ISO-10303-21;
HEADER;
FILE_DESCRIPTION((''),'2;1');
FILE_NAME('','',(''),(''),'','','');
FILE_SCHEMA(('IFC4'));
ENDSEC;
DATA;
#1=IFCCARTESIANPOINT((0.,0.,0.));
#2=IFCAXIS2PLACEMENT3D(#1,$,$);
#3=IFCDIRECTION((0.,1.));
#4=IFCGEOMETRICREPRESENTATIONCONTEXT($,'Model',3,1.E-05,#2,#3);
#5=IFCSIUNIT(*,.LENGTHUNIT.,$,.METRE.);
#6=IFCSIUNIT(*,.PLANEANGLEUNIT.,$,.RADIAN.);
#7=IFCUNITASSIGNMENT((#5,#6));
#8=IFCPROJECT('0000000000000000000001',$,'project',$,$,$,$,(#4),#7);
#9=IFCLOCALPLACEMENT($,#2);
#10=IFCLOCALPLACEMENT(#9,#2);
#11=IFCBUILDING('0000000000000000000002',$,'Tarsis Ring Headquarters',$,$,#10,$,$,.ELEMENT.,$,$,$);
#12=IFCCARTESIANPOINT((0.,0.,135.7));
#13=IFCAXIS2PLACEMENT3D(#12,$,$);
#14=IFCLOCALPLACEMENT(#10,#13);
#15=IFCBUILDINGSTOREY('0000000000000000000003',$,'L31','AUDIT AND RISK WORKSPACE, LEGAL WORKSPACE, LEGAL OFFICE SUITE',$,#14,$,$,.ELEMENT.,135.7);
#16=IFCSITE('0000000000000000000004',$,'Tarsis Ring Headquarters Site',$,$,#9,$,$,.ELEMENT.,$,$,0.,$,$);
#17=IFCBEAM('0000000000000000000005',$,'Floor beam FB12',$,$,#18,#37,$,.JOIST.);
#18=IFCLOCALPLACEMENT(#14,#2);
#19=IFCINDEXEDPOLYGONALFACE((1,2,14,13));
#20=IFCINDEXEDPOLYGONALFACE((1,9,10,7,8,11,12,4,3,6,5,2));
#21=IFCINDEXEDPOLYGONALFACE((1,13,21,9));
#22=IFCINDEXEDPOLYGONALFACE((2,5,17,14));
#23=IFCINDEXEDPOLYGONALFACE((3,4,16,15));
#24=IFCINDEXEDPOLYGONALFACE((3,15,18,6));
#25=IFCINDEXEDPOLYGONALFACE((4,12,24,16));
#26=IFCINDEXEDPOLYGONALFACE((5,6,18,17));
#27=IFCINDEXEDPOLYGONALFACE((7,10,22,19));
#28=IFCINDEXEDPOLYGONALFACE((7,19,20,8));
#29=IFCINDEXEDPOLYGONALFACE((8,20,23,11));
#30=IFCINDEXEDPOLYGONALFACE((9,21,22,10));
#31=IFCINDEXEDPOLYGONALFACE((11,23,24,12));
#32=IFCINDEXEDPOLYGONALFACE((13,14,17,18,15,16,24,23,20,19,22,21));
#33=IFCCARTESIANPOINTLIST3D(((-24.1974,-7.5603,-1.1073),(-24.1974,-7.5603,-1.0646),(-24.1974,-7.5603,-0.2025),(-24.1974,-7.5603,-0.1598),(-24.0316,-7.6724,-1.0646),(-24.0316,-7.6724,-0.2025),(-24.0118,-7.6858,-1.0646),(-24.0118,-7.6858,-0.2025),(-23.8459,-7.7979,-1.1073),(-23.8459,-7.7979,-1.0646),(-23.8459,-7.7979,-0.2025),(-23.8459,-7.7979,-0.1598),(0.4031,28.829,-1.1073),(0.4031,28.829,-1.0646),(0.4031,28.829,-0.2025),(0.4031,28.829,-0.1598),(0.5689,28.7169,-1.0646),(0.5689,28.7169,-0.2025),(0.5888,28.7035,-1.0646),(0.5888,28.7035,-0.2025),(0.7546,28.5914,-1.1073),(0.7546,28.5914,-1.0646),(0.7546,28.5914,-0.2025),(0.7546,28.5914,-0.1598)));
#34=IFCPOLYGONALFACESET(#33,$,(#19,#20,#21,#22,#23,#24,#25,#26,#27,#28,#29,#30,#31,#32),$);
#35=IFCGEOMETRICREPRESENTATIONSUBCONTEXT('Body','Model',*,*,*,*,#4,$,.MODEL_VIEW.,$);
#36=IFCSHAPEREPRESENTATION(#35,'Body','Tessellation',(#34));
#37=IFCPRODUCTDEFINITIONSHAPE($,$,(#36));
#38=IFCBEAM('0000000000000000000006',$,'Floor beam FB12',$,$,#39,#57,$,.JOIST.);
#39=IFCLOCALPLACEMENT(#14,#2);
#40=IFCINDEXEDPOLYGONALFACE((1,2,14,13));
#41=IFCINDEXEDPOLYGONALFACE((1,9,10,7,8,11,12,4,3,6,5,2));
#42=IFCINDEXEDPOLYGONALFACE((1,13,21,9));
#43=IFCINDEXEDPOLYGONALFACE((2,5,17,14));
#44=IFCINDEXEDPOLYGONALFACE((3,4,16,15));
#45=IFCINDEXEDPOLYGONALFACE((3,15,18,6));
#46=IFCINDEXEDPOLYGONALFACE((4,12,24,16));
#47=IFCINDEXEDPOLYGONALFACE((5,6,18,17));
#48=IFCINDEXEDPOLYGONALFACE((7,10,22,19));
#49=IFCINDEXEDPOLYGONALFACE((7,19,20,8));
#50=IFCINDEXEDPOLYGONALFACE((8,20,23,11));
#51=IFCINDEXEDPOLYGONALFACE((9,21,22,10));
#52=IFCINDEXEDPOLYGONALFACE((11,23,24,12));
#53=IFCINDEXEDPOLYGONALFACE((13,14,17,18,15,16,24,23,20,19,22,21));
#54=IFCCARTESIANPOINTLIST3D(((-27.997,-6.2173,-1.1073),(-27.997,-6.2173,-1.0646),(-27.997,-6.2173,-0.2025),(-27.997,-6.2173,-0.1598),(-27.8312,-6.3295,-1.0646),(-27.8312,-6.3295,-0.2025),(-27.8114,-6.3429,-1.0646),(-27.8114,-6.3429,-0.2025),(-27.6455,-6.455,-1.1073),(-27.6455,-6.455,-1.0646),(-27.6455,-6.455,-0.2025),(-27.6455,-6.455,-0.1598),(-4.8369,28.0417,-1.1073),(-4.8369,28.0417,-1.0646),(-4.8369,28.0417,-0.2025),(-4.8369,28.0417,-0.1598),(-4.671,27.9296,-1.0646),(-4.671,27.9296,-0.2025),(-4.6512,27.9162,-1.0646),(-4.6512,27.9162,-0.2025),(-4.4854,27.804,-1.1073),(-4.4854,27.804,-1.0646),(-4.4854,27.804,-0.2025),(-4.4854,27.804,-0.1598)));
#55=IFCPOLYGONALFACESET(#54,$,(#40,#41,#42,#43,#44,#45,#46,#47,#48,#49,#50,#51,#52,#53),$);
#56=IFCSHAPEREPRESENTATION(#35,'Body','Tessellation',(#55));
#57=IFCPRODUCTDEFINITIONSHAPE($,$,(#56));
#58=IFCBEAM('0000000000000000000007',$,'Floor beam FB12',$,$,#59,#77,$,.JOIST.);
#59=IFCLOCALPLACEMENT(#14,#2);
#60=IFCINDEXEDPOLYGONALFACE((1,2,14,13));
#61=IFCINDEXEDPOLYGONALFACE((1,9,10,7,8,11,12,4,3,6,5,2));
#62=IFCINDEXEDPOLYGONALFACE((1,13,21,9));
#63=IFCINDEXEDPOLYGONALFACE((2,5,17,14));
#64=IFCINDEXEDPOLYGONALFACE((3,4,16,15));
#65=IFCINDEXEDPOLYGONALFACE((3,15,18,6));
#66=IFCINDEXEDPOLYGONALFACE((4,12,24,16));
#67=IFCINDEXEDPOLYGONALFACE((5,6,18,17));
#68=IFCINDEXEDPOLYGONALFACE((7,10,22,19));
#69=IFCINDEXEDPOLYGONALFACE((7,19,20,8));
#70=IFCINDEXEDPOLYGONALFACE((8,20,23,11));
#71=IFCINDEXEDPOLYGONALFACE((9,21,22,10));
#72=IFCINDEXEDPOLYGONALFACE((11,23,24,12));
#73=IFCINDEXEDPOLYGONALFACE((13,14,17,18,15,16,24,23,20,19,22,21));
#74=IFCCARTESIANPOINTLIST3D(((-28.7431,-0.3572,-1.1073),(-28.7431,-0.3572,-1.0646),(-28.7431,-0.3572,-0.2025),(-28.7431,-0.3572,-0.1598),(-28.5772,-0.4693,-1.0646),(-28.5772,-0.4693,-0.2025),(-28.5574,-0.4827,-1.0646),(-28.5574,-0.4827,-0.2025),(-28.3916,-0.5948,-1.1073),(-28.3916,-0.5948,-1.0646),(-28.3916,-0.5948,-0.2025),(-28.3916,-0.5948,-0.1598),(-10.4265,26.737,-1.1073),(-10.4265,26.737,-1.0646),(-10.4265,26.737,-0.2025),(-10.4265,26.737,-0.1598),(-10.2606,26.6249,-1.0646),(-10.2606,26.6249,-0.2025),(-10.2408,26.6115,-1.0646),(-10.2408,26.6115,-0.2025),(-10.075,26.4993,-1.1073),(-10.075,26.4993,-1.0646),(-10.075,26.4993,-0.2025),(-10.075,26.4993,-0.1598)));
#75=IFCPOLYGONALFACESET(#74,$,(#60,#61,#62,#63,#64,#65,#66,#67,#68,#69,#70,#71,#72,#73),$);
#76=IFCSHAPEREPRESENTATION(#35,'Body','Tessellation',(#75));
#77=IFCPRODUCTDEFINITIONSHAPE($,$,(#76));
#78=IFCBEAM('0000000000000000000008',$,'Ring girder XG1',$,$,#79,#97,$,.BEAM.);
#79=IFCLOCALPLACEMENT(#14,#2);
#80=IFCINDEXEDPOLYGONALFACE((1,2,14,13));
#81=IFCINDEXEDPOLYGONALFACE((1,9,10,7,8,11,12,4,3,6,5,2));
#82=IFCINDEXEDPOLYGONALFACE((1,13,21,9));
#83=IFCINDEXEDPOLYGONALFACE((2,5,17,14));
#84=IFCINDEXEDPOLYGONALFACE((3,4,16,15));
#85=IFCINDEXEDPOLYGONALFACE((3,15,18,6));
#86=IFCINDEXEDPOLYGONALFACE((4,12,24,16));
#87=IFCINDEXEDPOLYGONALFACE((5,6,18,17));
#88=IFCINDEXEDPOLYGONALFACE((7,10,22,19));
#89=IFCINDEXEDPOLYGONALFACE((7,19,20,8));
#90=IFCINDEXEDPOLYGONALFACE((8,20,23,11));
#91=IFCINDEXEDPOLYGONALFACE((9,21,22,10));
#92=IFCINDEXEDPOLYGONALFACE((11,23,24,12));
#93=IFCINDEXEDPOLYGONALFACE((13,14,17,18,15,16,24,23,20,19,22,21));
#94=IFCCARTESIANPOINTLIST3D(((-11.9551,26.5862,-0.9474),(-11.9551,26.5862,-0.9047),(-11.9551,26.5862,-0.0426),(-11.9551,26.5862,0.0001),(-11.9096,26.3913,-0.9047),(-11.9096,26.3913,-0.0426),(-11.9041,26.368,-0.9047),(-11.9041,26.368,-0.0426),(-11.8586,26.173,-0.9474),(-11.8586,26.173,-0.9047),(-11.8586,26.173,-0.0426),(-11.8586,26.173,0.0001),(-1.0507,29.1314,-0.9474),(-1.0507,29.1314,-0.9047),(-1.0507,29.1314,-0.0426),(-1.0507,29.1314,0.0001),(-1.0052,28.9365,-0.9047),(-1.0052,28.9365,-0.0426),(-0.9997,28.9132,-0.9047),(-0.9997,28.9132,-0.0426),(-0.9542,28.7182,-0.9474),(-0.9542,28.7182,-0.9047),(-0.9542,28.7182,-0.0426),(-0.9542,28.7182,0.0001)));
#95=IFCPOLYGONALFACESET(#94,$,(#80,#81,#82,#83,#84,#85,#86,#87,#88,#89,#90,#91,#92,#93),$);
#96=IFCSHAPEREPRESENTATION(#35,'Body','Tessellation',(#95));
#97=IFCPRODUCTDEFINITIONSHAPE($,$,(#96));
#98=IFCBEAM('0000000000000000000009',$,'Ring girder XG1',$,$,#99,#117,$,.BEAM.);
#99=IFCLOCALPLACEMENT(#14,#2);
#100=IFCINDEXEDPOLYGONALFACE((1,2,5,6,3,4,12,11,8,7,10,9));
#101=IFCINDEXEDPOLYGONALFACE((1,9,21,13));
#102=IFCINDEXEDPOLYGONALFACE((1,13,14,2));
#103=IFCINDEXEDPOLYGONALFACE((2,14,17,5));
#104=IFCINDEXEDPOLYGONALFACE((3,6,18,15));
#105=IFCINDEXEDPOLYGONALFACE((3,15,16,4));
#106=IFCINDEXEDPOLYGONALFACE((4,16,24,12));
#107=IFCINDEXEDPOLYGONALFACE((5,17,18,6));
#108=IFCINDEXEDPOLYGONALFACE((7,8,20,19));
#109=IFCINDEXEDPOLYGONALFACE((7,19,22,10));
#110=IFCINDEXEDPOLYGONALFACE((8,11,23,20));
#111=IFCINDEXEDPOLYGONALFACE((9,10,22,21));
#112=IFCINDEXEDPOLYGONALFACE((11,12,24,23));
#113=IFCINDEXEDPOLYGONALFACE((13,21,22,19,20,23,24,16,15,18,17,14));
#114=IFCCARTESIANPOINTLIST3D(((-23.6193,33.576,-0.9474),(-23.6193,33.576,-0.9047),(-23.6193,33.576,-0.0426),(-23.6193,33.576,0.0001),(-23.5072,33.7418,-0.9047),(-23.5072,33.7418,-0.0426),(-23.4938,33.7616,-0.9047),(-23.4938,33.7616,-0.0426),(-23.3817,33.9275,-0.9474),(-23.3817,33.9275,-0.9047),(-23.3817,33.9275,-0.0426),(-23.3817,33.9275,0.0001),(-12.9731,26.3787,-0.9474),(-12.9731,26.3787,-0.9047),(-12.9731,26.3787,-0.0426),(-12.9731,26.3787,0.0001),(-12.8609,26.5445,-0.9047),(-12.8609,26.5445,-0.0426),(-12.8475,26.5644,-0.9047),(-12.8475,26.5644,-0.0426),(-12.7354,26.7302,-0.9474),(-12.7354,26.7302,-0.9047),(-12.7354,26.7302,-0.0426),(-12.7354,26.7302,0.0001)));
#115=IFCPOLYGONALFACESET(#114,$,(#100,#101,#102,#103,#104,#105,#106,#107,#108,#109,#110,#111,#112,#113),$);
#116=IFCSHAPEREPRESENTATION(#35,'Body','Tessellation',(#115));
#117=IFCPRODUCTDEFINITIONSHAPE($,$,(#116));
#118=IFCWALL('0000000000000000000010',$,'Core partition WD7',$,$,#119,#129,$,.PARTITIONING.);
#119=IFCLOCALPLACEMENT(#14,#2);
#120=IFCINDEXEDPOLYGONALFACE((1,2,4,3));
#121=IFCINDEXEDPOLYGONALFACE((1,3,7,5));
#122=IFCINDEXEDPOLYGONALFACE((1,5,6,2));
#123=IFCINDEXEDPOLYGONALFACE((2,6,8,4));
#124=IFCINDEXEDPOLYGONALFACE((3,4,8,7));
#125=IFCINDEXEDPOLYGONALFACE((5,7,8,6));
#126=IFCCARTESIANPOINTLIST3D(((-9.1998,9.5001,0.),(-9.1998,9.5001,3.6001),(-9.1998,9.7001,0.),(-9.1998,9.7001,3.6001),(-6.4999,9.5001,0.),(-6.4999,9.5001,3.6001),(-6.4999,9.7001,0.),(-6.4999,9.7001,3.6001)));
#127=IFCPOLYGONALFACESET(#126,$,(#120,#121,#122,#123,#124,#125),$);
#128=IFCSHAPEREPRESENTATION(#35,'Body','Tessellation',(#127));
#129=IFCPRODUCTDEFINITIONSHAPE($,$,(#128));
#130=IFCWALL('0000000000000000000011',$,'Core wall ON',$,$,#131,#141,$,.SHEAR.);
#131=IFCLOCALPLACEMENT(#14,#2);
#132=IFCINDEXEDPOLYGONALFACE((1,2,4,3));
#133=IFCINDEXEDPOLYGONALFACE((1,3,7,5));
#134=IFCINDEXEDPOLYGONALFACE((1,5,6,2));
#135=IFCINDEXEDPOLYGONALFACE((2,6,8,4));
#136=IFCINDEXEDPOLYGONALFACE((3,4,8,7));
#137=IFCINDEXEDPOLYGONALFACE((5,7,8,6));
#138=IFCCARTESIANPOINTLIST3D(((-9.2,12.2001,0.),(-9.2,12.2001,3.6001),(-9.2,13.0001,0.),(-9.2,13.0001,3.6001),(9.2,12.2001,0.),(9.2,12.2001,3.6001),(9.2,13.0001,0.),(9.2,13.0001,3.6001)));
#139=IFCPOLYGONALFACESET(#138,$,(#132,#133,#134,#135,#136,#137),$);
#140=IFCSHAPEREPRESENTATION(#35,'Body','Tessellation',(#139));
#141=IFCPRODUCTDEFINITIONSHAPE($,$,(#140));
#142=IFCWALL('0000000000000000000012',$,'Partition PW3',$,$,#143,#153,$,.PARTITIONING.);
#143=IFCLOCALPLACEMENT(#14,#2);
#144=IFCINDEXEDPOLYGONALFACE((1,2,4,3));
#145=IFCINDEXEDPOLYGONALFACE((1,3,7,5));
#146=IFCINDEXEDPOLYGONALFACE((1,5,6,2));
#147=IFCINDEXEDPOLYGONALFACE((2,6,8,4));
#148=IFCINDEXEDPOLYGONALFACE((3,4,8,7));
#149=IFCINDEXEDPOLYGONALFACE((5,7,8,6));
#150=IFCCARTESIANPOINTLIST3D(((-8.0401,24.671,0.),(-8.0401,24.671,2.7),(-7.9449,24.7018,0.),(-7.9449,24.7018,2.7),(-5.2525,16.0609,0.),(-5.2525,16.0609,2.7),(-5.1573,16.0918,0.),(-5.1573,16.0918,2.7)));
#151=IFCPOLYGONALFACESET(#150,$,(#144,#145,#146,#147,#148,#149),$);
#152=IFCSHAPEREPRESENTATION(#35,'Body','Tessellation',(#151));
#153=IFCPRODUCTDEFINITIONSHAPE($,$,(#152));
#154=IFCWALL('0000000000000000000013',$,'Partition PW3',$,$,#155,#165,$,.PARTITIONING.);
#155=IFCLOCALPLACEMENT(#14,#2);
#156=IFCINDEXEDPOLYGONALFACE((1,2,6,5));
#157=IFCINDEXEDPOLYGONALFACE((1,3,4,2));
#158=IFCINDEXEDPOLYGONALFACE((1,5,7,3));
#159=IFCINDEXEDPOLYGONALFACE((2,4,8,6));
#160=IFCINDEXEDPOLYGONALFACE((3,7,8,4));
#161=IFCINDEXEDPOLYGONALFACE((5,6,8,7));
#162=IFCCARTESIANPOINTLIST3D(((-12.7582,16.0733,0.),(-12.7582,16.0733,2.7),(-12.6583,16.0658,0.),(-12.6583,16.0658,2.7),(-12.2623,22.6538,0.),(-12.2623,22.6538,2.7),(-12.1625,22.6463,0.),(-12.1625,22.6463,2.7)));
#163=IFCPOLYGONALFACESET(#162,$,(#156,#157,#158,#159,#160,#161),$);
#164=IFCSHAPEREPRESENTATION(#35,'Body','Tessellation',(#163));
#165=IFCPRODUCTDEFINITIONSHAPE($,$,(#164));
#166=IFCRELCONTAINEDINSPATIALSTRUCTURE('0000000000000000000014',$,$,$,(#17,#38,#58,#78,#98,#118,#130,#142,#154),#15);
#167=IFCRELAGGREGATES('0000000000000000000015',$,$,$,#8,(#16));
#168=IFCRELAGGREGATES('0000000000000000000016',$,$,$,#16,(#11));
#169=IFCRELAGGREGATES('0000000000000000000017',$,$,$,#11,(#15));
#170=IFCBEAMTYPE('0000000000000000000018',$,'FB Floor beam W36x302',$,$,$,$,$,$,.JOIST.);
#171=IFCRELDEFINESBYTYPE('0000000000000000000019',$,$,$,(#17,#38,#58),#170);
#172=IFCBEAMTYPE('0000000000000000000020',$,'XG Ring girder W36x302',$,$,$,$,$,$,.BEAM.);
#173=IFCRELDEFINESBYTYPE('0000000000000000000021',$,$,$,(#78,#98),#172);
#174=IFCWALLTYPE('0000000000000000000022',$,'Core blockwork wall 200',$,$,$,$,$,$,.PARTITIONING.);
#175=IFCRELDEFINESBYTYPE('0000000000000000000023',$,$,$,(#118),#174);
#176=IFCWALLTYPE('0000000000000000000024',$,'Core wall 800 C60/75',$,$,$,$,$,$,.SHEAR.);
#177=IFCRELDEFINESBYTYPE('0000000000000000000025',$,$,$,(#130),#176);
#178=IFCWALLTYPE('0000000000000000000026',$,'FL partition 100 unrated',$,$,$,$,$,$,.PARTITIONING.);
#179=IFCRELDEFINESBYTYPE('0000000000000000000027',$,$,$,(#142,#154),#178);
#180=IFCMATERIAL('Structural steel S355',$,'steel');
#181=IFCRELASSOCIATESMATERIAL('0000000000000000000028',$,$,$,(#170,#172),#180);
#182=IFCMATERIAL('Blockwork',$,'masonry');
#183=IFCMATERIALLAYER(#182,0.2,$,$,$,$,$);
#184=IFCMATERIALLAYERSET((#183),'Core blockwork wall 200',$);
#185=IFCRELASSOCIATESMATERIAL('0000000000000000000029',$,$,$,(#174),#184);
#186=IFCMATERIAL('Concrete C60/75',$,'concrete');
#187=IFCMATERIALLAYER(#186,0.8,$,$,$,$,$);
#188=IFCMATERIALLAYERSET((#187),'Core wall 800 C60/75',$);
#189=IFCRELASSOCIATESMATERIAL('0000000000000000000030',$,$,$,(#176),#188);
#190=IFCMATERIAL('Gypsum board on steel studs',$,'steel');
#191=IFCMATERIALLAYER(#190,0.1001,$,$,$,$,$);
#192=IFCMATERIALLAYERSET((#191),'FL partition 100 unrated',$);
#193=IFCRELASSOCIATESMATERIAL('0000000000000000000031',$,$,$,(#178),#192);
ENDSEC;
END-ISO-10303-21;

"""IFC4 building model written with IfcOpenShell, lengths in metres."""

from ifc_helpers import new_model, si_unit, direction, frame, frame_2d, origin, origin_2d, place, context, subcontext, project, spatial, rectangle, i_section, extrude, material, layer, layer_set, material_profile, profile_set, type_object, element, save


model = new_model("IFC4")

# Units and contexts
model_context = context("Model", 3, precision=1e-05, world=origin(), true_north=direction((0.0, 1.0)))
body_context = subcontext(model_context, "Body", "Model", "MODEL_VIEW")
ifc_project = project(units=[si_unit("LENGTHUNIT", "METRE"), si_unit("PLANEANGLEUNIT", "RADIAN")], contexts=[model_context])

# Site, building, storey
site_placement = place(None, origin())
site = spatial("IfcSite", under=ifc_project, at=site_placement, Name="Tarsis Ring Headquarters Site", CompositionType="ELEMENT", RefElevation=0.0)
building_placement = place(site_placement, origin())
building = spatial("IfcBuilding", under=site, at=building_placement, Name="Tarsis Ring Headquarters", CompositionType="ELEMENT")
storey_placement = place(building_placement, frame((0.0, 0.0, 135.7)))
storey = spatial("IfcBuildingStorey", under=building, at=storey_placement, Name="L31", Description="AUDIT AND RISK WORKSPACE, LEGAL WORKSPACE, LEGAL OFFICE SUITE", CompositionType="ELEMENT", Elevation=135.7)

# Shared definitions
ifc_material_1 = material(Name="Structural steel S355", Category="steel")

# Beams
ifc_material_profile_1 = material_profile(ifc_material_1, i_section(OverallWidth=0.4243, OverallDepth=0.9475, WebThickness=0.0239, FlangeThickness=0.0427, at=origin_2d()), Name="W36x302")
ifc_profile_set_1 = profile_set([ifc_material_profile_1], Name="Structural steel S355")
beam_type_1 = type_object("IfcBeamType", Name="FB Floor beam W36x302", PredefinedType="JOIST", material=ifc_profile_set_1)
beam_1_placement = place(storey_placement, frame((0.5789, 28.7102, -0.6335), z_axis=(-0.560063, -0.82845, 0.0), x_axis=(0.82845, -0.560063, 0.0)))
element("IfcBeam", 1, at=beam_1_placement, inside=storey, type_object=beam_type_1, Name="Floor beam FB12", PredefinedType="JOIST", context=body_context, shape_type="SweptSolid", body=[
    extrude(i_section(OverallWidth=0.4243, OverallDepth=0.9475, WebThickness=0.0239, FlangeThickness=0.0427, at=origin_2d()), origin(), (0.0, 0.0, 1.0), 43.9246),
])
beam_2_placement = place(storey_placement, frame((-4.6611, 27.9229, -0.6335), z_axis=(-0.560059, -0.828453, 0.0), x_axis=(0.828453, -0.560059, 0.0)))
element("IfcBeam", 2, at=beam_2_placement, inside=storey, type_object=beam_type_1, Name="Floor beam FB12", PredefinedType="JOIST", context=body_context, shape_type="SweptSolid", body=[
    extrude(i_section(OverallWidth=0.4243, OverallDepth=0.9475, WebThickness=0.0239, FlangeThickness=0.0427, at=origin_2d()), origin(), (0.0, 0.0, 1.0), 41.353),
])
beam_3_placement = place(storey_placement, frame((-10.2507, 26.6182, -0.6335), z_axis=(-0.560062, -0.828451, 0.0), x_axis=(0.828451, -0.560062, 0.0)))
element("IfcBeam", 3, at=beam_3_placement, inside=storey, type_object=beam_type_1, Name="Floor beam FB12", PredefinedType="JOIST", context=body_context, shape_type="SweptSolid", body=[
    extrude(i_section(OverallWidth=0.4243, OverallDepth=0.9475, WebThickness=0.0239, FlangeThickness=0.0427, at=origin_2d()), origin(), (0.0, 0.0, 1.0), 32.7046),
])
beam_type_2 = type_object("IfcBeamType", Name="XG Ring girder W36x302", PredefinedType="BEAM", material=ifc_profile_set_1)
beam_4_placement = place(storey_placement, frame((-1.0024, 28.9248, -0.4736), z_axis=(-0.973825, -0.2273, 0.0), x_axis=(0.2273, -0.973825, 0.0)))
element("IfcBeam", 4, at=beam_4_placement, inside=storey, type_object=beam_type_2, Name="Ring girder XG1", PredefinedType="BEAM", context=body_context, shape_type="SweptSolid", body=[
    extrude(i_section(OverallWidth=0.4243, OverallDepth=0.9475, WebThickness=0.0239, FlangeThickness=0.0427, at=origin_2d()), origin(), (0.0, 0.0, 1.0), 11.1975),
])
beam_5_placement = place(storey_placement, frame((-12.8542, 26.5544, -0.4736), z_axis=(-0.82845, 0.560064, 0.0), x_axis=(-0.560064, -0.82845, 0.0)))
element("IfcBeam", 5, at=beam_5_placement, inside=storey, type_object=beam_type_2, Name="Ring girder XG1", PredefinedType="BEAM", context=body_context, shape_type="SweptSolid", body=[
    extrude(i_section(OverallWidth=0.4243, OverallDepth=0.9475, WebThickness=0.0239, FlangeThickness=0.0427, at=origin_2d()), origin(), (0.0, 0.0, 1.0), 12.8508),
])

# Walls
ifc_material_2 = material(Name="Blockwork", Category="masonry")
ifc_layer_1 = layer(ifc_material_2, 0.2)
ifc_layer_set_1 = layer_set([ifc_layer_1], Name="Core blockwork wall 200")
wall_type_1 = type_object("IfcWallType", Name="Core blockwork wall 200", PredefinedType="PARTITIONING", material=ifc_layer_set_1)
wall_1_placement = place(storey_placement, frame((-9.2, 9.6001, 0.0), z_axis=(0.0, 0.0, 1.0), x_axis=(1.0, 0.0, 0.0)))
element("IfcWall", 6, at=wall_1_placement, inside=storey, type_object=wall_type_1, Name="Core partition WD7", PredefinedType="PARTITIONING", context=body_context, shape_type="SweptSolid", body=[
    extrude(rectangle(XDim=2.7, YDim=0.2, at=frame_2d((1.3501, 0.0))), origin(), (0.0, 0.0, 1.0), 3.6001),
])
ifc_material_3 = material(Name="Concrete C60/75", Category="concrete")
ifc_layer_2 = layer(ifc_material_3, 0.8)
ifc_layer_set_2 = layer_set([ifc_layer_2], Name="Core wall 800 C60/75")
wall_type_2 = type_object("IfcWallType", Name="Core wall 800 C60/75", PredefinedType="SHEAR", material=ifc_layer_set_2)
wall_2_placement = place(storey_placement, frame((-9.2, 12.6001, 0.0), z_axis=(0.0, 0.0, 1.0), x_axis=(1.0, 0.0, 0.0)))
element("IfcWall", 7, at=wall_2_placement, inside=storey, type_object=wall_type_2, Name="Core wall ON", PredefinedType="SHEAR", context=body_context, shape_type="SweptSolid", body=[
    extrude(rectangle(XDim=18.3999, YDim=0.8, at=frame_2d((9.2, 0.0))), origin(), (0.0, 0.0, 1.0), 3.6001),
])
ifc_material_4 = material(Name="Gypsum board on steel studs", Category="steel")
ifc_layer_3 = layer(ifc_material_4, 0.1001)
ifc_layer_set_3 = layer_set([ifc_layer_3], Name="FL partition 100 unrated")
wall_type_3 = type_object("IfcWallType", Name="FL partition 100 unrated", PredefinedType="PARTITIONING", material=ifc_layer_set_3)
wall_3_placement = place(storey_placement, frame((-7.9924, 24.6863, 0.0), z_axis=(0.0, 0.0, 1.0), x_axis=(0.308018, -0.951381, 0.0)))
element("IfcWall", 8, at=wall_3_placement, inside=storey, type_object=wall_type_3, Name="Partition PW3", PredefinedType="PARTITIONING", context=body_context, shape_type="SweptSolid", body=[
    extrude(rectangle(XDim=9.05, YDim=0.1001, at=frame_2d((4.5249, 0.0))), origin(), (0.0, 0.0, 1.0), 2.7),
])
wall_4_placement = place(storey_placement, frame((-12.7083, 16.0696, 0.0), z_axis=(0.0, 0.0, 1.0), x_axis=(0.075138, 0.997173, 0.0)))
element("IfcWall", 9, at=wall_4_placement, inside=storey, type_object=wall_type_3, Name="Partition PW3", PredefinedType="PARTITIONING", context=body_context, shape_type="SweptSolid", body=[
    extrude(rectangle(XDim=6.5991, YDim=0.1001, at=frame_2d((3.2996, 0.0))), origin(), (0.0, 0.0, 1.0), 2.7),
])

save(model, "model.ifc")
